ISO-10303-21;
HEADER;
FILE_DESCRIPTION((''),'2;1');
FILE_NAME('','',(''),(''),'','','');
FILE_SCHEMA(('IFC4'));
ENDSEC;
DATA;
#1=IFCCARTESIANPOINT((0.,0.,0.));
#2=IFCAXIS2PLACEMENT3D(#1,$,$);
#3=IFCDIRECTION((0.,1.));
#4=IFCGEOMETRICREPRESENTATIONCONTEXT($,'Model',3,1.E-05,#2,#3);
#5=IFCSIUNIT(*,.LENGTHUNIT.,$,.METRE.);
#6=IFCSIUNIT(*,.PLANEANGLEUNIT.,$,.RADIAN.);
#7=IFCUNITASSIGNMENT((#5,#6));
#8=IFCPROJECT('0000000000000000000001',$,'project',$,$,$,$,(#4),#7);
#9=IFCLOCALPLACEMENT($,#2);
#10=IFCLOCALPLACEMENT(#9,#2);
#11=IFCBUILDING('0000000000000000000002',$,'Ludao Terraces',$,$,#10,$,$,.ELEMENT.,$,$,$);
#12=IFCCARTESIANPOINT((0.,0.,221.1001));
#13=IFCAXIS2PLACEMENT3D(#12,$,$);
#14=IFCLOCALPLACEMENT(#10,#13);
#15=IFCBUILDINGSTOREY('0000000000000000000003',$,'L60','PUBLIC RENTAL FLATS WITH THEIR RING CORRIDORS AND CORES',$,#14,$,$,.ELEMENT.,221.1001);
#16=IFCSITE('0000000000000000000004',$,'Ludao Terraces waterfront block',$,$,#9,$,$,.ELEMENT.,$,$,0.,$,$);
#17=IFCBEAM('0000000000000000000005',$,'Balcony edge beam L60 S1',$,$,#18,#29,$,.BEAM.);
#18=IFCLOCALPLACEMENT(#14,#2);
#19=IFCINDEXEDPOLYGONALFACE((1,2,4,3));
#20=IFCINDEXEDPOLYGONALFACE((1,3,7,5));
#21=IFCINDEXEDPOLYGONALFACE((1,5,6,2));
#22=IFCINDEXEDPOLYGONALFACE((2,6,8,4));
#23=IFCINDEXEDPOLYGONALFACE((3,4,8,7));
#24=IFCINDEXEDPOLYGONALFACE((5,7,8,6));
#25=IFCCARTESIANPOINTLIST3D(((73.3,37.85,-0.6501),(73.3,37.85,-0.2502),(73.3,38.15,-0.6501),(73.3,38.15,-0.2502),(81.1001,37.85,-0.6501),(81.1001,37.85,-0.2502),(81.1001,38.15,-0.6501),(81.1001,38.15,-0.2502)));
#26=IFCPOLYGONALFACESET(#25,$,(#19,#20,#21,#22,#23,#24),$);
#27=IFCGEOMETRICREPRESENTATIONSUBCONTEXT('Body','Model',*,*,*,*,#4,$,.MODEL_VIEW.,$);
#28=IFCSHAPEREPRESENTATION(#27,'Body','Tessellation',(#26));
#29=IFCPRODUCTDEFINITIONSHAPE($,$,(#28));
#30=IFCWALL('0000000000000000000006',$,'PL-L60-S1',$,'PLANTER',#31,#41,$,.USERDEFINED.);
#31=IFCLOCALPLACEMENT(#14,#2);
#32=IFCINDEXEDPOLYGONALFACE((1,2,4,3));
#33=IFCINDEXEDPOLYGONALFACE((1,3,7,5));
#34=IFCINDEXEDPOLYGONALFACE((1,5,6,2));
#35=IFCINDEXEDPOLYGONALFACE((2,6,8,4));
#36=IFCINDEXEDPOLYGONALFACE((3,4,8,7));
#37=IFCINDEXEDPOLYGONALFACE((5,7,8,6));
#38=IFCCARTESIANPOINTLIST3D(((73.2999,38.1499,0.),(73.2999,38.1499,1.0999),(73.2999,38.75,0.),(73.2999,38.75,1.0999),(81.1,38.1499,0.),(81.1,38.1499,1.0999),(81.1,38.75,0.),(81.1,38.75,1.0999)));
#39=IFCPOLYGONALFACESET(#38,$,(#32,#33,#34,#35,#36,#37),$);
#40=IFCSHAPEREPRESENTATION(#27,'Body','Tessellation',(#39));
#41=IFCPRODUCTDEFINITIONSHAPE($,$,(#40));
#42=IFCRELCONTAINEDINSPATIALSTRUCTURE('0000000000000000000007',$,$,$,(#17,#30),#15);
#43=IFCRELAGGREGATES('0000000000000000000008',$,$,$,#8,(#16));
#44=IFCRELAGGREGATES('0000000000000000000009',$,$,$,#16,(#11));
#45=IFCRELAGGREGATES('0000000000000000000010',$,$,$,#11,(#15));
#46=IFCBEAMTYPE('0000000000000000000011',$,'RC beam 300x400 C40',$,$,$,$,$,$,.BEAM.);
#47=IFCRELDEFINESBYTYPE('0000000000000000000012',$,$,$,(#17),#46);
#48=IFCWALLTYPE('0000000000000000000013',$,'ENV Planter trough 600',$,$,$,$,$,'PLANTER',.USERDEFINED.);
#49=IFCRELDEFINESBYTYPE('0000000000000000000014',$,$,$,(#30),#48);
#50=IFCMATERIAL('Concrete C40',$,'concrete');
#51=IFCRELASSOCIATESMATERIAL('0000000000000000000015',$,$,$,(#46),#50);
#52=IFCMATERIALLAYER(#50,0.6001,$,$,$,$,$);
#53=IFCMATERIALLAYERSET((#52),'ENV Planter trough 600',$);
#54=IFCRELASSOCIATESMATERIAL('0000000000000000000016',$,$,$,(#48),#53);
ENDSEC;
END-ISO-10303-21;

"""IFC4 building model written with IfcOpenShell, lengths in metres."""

from ifc_helpers import new_model, si_unit, direction, frame, frame_2d, origin, origin_2d, place, context, subcontext, project, spatial, rectangle, extrude, material, layer, layer_set, material_profile, profile_set, type_object, element, save


model = new_model("IFC4")

# Units and contexts
model_context = context("Model", 3, precision=1e-05, world=origin(), true_north=direction((0.0, 1.0)))
body_context = subcontext(model_context, "Body", "Model", "MODEL_VIEW")
ifc_project = project(units=[si_unit("LENGTHUNIT", "METRE"), si_unit("PLANEANGLEUNIT", "RADIAN")], contexts=[model_context])

# Site, building, storey
site_placement = place(None, origin())
site = spatial("IfcSite", under=ifc_project, at=site_placement, Name="Ludao Terraces waterfront block", CompositionType="ELEMENT", RefElevation=0.0)
building_placement = place(site_placement, origin())
building = spatial("IfcBuilding", under=site, at=building_placement, Name="Ludao Terraces", CompositionType="ELEMENT")
storey_placement = place(building_placement, frame((0.0, 0.0, 221.1001)))
storey = spatial("IfcBuildingStorey", under=building, at=storey_placement, Name="L60", Description="PUBLIC RENTAL FLATS WITH THEIR RING CORRIDORS AND CORES", CompositionType="ELEMENT", Elevation=221.1001)

# Beam
ifc_material_1 = material(Name="Concrete C40", Category="concrete")
ifc_material_profile = material_profile(ifc_material_1, rectangle(XDim=0.3, YDim=0.3999, at=origin_2d()), Name="300 X 400")
ifc_profile_set = profile_set([ifc_material_profile], Name="Concrete C40")
beam_type = type_object("IfcBeamType", Name="RC beam 300x400 C40", PredefinedType="BEAM", material=ifc_profile_set)
beam_placement = place(storey_placement, frame((73.3, 38.0, -0.4502), z_axis=(1.0, 0.0, 0.0), x_axis=(0.0, 1.0, 0.0)))
element("IfcBeam", 1, at=beam_placement, inside=storey, type_object=beam_type, Name="Balcony edge beam L60 S1", PredefinedType="BEAM", context=body_context, shape_type="SweptSolid", body=[
    extrude(rectangle(XDim=0.3, YDim=0.3999, at=origin_2d()), origin(), (0.0, 0.0, 1.0), 7.8),
])

# Wall
ifc_layer_1 = layer(ifc_material_1, 0.6001)
ifc_layer_set_1 = layer_set([ifc_layer_1], Name="ENV Planter trough 600")
wall_type_1 = type_object("IfcWallType", Name="ENV Planter trough 600", ElementType="PLANTER", PredefinedType="USERDEFINED", material=ifc_layer_set_1)
wall_1_placement = place(storey_placement, frame((73.3, 38.45, 0.0), z_axis=(0.0, 0.0, 1.0), x_axis=(1.0, 0.0, 0.0)))
element("IfcWall", 2, at=wall_1_placement, inside=storey, type_object=wall_type_1, Name="PL-L60-S1", ObjectType="PLANTER", PredefinedType="USERDEFINED", context=body_context, shape_type="SweptSolid", body=[
    extrude(rectangle(XDim=7.8, YDim=0.6001, at=frame_2d((3.8999, 0.0))), origin(), (0.0, 0.0, 1.0), 1.0999),
])

save(model, "model.ifc")
